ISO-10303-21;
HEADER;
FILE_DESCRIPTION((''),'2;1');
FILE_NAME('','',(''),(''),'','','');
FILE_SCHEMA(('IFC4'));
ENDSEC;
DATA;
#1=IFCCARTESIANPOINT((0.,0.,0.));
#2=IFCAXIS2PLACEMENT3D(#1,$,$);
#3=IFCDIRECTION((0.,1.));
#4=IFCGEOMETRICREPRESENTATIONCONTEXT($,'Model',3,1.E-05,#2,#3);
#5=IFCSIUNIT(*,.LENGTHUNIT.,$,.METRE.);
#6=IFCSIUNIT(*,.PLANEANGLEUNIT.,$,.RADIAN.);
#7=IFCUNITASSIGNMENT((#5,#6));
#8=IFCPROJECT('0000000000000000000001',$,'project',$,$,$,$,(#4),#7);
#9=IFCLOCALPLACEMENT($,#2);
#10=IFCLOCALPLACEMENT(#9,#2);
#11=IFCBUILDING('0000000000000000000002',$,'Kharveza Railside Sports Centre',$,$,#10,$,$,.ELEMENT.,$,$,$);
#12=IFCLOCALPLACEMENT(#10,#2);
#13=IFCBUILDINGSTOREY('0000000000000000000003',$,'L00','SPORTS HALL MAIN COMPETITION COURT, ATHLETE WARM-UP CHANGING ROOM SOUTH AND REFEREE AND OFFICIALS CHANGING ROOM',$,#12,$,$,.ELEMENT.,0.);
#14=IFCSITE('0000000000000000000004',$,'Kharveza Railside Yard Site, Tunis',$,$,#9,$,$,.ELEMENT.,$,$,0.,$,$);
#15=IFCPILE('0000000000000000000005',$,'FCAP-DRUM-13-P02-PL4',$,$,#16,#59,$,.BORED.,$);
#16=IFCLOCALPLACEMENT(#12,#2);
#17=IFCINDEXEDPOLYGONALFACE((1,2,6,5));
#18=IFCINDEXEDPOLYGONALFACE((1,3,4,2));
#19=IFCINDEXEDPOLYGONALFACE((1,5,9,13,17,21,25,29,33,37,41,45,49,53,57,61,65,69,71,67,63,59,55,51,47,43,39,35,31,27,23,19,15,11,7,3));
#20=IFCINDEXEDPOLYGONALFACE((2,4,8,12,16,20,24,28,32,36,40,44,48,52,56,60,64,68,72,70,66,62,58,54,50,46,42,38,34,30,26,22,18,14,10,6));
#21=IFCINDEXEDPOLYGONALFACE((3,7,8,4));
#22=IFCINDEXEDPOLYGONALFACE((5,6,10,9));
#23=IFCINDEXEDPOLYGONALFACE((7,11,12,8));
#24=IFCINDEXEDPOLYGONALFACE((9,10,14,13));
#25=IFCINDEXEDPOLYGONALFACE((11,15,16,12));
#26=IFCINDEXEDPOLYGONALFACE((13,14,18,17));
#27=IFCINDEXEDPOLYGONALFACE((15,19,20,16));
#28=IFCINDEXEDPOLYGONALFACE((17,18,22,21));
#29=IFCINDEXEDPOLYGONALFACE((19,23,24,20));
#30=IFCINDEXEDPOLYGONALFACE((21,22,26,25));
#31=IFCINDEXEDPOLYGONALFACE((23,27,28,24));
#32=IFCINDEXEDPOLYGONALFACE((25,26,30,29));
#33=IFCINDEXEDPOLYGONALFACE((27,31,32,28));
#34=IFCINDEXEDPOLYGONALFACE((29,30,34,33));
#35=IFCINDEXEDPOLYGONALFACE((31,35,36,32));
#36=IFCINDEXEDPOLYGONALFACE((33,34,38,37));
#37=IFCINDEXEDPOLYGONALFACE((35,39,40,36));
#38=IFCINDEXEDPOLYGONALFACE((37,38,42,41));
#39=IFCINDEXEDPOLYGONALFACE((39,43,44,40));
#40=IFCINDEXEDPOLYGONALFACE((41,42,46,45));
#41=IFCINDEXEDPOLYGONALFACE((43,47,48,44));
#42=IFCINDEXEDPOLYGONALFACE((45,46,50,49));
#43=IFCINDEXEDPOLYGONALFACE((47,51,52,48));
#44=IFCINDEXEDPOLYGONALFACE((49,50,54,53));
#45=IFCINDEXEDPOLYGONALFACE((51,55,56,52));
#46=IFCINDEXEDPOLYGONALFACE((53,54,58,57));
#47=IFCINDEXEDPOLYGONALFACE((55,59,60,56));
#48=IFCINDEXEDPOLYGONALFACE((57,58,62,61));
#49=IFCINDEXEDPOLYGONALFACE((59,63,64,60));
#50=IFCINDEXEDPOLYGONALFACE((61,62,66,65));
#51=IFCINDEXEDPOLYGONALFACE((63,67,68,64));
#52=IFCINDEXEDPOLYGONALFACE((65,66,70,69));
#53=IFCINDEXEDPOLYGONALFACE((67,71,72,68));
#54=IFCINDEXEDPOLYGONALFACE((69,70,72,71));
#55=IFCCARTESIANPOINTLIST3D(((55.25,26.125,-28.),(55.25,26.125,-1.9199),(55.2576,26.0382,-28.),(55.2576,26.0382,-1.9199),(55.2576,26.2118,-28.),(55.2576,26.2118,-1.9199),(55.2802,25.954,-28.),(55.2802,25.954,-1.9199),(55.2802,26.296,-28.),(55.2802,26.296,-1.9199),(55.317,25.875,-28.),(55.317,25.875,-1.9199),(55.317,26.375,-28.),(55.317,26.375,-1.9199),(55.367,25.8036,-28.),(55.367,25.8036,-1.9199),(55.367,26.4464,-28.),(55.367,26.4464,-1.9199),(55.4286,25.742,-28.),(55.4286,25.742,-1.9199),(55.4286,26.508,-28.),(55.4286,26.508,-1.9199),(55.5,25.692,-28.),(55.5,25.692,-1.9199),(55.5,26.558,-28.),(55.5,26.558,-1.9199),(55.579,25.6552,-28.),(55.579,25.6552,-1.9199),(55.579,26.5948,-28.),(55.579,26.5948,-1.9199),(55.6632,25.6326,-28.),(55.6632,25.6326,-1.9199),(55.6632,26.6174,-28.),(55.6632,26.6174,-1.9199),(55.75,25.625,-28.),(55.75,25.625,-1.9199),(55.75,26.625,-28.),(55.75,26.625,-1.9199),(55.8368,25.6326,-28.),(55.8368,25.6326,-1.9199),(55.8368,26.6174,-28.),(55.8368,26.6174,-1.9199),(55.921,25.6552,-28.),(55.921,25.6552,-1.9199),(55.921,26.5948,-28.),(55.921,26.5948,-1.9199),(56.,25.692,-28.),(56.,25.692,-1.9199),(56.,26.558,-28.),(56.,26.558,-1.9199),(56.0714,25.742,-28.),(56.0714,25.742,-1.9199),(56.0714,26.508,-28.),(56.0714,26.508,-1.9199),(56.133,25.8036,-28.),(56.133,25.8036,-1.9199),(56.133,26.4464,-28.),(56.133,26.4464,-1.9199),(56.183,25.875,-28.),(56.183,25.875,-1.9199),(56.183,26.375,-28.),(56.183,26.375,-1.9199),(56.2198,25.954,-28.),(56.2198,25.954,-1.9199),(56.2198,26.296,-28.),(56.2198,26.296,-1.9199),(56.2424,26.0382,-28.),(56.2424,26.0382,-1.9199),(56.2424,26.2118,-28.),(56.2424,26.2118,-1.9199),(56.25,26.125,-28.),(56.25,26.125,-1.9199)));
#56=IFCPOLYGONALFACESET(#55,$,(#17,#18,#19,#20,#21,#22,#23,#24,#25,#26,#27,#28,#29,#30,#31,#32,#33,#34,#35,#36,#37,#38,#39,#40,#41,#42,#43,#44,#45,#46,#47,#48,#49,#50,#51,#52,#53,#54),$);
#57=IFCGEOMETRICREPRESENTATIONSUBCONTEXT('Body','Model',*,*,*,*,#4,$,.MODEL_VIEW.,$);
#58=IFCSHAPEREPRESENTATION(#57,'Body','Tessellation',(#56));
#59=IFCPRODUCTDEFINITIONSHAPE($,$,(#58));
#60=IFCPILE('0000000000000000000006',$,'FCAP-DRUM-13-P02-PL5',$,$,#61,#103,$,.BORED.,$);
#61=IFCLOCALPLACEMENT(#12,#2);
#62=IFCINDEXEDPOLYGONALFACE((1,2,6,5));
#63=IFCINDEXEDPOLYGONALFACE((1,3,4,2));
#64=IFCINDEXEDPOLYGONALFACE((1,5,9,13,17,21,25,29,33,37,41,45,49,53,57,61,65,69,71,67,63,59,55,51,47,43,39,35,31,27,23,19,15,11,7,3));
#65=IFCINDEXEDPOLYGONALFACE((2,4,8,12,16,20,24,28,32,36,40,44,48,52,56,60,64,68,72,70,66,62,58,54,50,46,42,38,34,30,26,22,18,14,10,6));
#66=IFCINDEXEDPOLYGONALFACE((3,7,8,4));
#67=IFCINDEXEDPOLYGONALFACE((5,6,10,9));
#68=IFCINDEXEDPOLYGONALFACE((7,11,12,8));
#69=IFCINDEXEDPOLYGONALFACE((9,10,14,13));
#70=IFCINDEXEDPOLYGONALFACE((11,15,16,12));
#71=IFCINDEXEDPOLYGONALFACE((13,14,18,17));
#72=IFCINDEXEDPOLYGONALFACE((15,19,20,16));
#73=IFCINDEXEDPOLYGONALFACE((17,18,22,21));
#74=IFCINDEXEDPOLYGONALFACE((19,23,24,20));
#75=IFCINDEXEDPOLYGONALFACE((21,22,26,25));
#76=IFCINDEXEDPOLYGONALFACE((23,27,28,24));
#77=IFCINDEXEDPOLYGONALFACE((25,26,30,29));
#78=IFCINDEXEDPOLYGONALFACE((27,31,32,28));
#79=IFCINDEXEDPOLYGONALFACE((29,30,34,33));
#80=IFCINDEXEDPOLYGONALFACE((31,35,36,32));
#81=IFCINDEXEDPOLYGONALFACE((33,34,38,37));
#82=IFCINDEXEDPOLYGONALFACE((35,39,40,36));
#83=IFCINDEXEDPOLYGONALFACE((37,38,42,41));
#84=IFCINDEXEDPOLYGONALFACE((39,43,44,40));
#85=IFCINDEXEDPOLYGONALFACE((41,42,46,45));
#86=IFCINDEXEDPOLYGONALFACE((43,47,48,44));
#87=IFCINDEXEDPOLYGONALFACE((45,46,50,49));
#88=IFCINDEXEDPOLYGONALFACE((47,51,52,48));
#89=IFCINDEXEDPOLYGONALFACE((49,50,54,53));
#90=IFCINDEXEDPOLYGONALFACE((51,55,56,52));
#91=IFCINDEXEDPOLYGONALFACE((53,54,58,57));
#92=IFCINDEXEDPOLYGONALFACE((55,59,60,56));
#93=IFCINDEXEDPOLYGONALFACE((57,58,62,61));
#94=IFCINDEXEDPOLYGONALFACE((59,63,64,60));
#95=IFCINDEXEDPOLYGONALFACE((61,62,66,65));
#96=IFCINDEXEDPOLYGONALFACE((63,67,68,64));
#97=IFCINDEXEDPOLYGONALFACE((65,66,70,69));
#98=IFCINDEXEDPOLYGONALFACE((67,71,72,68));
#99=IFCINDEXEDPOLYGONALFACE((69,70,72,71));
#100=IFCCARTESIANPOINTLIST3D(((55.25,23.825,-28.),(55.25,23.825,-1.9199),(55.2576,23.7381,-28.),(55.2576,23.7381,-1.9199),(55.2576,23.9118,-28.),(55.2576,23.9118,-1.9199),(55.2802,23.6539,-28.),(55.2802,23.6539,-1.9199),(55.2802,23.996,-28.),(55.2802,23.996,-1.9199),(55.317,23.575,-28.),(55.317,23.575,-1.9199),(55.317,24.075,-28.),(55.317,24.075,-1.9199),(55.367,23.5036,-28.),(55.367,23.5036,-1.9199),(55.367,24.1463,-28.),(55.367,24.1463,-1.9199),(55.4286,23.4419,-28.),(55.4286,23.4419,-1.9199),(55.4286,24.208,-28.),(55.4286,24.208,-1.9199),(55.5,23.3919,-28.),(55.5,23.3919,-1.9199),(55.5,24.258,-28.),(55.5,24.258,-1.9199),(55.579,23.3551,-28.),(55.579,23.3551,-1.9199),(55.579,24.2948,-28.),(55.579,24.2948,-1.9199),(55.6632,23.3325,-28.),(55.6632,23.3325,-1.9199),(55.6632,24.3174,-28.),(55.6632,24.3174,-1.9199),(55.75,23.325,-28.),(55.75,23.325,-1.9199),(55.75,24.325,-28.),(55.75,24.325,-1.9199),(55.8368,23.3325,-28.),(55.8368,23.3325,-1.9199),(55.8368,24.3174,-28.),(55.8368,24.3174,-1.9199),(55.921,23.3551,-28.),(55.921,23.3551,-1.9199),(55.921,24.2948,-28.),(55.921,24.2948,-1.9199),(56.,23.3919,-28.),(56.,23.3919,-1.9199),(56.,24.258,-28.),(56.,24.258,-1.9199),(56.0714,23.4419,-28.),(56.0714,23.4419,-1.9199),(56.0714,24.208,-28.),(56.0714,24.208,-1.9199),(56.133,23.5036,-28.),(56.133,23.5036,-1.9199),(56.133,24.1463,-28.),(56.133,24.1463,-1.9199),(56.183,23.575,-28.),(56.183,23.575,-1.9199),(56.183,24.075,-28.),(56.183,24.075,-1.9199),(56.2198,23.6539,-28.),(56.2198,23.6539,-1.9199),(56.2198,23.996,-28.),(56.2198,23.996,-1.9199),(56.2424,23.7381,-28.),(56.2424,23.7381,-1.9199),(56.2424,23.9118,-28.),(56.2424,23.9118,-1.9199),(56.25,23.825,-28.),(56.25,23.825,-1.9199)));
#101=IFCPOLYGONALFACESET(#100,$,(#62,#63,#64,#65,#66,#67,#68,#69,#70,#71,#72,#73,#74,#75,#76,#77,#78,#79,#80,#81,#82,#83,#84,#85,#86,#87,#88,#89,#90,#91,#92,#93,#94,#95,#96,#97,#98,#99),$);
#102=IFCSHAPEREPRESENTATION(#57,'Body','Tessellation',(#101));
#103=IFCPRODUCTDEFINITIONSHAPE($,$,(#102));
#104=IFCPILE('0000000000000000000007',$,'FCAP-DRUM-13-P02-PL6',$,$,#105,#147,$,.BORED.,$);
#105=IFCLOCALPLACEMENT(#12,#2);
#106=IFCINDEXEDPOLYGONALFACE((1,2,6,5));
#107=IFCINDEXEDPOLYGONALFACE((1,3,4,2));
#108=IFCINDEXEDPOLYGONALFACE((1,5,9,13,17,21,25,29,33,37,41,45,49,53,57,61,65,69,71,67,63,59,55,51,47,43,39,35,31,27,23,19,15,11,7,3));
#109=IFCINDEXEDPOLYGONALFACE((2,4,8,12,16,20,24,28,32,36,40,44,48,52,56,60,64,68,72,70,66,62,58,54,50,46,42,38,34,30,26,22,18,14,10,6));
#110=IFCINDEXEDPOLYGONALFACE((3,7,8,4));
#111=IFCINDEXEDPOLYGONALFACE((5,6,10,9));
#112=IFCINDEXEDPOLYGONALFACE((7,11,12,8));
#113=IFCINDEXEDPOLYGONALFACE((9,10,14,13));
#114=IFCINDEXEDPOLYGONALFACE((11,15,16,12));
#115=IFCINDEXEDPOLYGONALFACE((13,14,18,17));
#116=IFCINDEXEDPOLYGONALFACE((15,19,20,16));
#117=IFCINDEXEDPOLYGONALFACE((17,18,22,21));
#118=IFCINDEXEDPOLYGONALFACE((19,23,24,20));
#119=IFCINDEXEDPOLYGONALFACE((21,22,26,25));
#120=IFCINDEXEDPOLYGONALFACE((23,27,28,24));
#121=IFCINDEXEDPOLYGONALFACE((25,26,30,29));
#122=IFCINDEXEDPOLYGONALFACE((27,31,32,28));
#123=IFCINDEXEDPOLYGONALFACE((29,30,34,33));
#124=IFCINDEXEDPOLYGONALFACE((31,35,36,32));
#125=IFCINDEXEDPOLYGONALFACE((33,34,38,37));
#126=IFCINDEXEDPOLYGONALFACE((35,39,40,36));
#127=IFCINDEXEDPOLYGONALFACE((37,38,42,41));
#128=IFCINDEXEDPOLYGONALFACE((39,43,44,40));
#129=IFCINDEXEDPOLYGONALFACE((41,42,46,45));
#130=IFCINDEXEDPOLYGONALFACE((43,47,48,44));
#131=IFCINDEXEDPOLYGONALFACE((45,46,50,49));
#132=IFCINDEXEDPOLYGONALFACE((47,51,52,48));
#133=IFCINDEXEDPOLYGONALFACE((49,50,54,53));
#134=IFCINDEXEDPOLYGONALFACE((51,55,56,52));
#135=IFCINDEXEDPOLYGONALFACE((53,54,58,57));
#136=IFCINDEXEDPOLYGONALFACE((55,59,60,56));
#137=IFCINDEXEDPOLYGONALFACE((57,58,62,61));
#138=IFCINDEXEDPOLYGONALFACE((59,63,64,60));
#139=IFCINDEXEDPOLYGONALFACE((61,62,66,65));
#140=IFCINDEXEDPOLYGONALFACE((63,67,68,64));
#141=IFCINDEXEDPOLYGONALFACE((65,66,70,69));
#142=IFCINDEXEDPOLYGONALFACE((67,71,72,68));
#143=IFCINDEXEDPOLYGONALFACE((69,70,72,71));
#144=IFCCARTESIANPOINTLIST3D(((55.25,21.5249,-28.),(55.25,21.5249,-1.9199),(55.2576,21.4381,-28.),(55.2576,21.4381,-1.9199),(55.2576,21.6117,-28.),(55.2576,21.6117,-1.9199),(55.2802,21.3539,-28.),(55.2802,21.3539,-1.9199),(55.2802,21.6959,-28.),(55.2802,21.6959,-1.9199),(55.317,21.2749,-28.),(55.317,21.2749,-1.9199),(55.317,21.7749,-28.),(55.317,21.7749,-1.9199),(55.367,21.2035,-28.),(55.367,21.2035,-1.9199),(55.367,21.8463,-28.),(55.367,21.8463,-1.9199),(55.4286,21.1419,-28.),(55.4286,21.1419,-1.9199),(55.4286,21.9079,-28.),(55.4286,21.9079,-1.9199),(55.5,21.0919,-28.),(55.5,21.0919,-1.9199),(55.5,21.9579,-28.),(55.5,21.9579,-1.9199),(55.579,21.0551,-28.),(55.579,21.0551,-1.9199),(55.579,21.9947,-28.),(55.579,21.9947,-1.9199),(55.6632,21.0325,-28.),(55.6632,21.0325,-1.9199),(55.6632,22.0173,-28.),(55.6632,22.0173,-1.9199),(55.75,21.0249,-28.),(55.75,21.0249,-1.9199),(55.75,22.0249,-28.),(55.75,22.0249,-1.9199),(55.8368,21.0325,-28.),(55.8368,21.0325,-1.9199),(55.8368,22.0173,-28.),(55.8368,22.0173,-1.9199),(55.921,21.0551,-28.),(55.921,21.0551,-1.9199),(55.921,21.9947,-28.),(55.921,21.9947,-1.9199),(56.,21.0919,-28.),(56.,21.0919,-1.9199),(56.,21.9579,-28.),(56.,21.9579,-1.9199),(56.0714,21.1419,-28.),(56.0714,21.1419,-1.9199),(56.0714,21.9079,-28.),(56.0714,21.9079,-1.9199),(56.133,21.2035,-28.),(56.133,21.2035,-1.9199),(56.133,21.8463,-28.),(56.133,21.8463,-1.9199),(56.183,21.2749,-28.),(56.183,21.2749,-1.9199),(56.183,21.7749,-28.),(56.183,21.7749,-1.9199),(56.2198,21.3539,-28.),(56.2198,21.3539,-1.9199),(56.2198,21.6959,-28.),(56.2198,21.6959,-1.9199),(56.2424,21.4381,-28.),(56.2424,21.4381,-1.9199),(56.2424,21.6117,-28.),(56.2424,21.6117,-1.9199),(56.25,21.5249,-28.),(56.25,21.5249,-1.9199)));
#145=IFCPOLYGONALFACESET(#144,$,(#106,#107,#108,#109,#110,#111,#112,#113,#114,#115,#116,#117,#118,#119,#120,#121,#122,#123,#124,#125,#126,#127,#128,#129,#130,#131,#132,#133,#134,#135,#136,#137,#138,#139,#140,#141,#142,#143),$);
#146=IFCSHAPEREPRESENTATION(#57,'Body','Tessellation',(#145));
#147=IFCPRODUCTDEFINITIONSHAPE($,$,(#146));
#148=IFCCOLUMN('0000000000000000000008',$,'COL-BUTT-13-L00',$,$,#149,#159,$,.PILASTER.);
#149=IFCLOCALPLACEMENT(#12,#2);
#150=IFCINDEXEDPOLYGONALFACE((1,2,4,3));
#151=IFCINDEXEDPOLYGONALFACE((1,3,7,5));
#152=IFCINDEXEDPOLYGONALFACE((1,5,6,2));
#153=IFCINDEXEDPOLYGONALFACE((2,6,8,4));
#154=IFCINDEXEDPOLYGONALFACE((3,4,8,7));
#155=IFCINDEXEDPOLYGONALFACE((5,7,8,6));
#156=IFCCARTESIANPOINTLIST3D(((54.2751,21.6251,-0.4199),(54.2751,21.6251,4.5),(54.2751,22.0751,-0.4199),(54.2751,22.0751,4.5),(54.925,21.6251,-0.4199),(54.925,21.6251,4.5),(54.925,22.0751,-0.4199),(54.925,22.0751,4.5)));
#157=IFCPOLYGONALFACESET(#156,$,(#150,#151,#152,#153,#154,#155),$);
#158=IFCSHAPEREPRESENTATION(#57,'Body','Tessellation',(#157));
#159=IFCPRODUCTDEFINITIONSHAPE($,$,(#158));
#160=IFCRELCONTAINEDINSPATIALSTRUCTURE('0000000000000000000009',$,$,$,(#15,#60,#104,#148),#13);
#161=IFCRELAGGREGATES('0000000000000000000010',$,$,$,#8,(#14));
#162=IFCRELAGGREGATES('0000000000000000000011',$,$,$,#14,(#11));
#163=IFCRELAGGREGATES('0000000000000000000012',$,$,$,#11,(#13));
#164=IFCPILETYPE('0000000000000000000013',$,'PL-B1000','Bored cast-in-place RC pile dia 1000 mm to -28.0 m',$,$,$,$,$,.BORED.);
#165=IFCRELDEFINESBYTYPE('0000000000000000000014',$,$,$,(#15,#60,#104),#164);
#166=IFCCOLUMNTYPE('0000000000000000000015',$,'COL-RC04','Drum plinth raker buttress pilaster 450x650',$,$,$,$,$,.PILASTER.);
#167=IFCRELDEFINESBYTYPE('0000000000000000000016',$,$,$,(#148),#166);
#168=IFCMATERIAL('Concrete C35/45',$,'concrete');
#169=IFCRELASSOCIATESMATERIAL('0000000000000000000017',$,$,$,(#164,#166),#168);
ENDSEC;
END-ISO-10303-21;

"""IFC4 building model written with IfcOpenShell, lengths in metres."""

from ifc_helpers import new_model, si_unit, direction, frame, origin, origin_2d, place, context, subcontext, project, spatial, rectangle, circle, extrude, material, material_profile, profile_set, type_object, element, save


model = new_model("IFC4")

# Units and contexts
model_context = context("Model", 3, precision=1e-05, world=origin(), true_north=direction((0.0, 1.0)))
body_context = subcontext(model_context, "Body", "Model", "MODEL_VIEW")
ifc_project = project(units=[si_unit("LENGTHUNIT", "METRE"), si_unit("PLANEANGLEUNIT", "RADIAN")], contexts=[model_context])

# Site, building, storey
site_placement = place(None, origin())
site = spatial("IfcSite", under=ifc_project, at=site_placement, Name="Kharveza Railside Yard Site, Tunis", CompositionType="ELEMENT", RefElevation=0.0)
building_placement = place(site_placement, origin())
building = spatial("IfcBuilding", under=site, at=building_placement, Name="Kharveza Railside Sports Centre", CompositionType="ELEMENT")
storey_placement = place(building_placement, origin())
storey = spatial("IfcBuildingStorey", under=building, at=storey_placement, Name="L00", Description="SPORTS HALL MAIN COMPETITION COURT, ATHLETE WARM-UP CHANGING ROOM SOUTH AND REFEREE AND OFFICIALS CHANGING ROOM", CompositionType="ELEMENT", Elevation=0.0)

# Shared definitions
ifc_material_1 = material(Name="Concrete C35/45", Category="concrete")

# Piles
ifc_material_profile_1 = material_profile(ifc_material_1, circle(Radius=0.5, at=origin_2d()), Name="PILE D1000")
ifc_profile_set_1 = profile_set([ifc_material_profile_1], Name="Concrete C35/45")
pile_type = type_object("IfcPileType", Name="PL-B1000", Description="Bored cast-in-place RC pile dia 1000 mm to -28.0 m", PredefinedType="BORED", material=ifc_profile_set_1)
for number, where, z_axis, x_axis, name in (
    (1, (55.75, 26.125, -1.9199), (0.0, 0.0, -1.0), (1.0, 0.0, 0.0), "FCAP-DRUM-13-P02-PL4"),
    (2, (55.75, 23.825, -1.9199), (0.0, 0.0, -1.0), (1.0, 0.0, 0.0), "FCAP-DRUM-13-P02-PL5"),
    (3, (55.75, 21.5249, -1.9199), (0.0, 0.0, -1.0), (1.0, 0.0, 0.0), "FCAP-DRUM-13-P02-PL6"),
):
    element("IfcPile", number, at=place(storey_placement, frame(where, z_axis=z_axis, x_axis=x_axis)), inside=storey, type_object=pile_type, Name=name, PredefinedType="BORED", context=body_context, shape_type="SweptSolid", body=[
        extrude(circle(Radius=0.5, at=origin_2d()), origin(), (0.0, 0.0, 1.0), 26.0801),
    ])

# Column
ifc_material_profile_2 = material_profile(ifc_material_1, rectangle(XDim=0.45, YDim=0.6499, at=origin_2d()), Name="RC 450x650")
ifc_profile_set_2 = profile_set([ifc_material_profile_2], Name="Concrete C35/45")
column_type_1 = type_object("IfcColumnType", Name="COL-RC04", Description="Drum plinth raker buttress pilaster 450x650", PredefinedType="PILASTER", material=ifc_profile_set_2)
column_1_placement = place(storey_placement, frame((54.6001, 21.8501, -0.4199), z_axis=(0.0, 0.0, 1.0), x_axis=(0.0, -1.0, 0.0)))
element("IfcColumn", 4, at=column_1_placement, inside=storey, type_object=column_type_1, Name="COL-BUTT-13-L00", PredefinedType="PILASTER", context=body_context, shape_type="SweptSolid", body=[
    extrude(rectangle(XDim=0.45, YDim=0.6499, at=origin_2d()), origin(), (0.0, 0.0, 1.0), 4.9199),
])

save(model, "model.ifc")
